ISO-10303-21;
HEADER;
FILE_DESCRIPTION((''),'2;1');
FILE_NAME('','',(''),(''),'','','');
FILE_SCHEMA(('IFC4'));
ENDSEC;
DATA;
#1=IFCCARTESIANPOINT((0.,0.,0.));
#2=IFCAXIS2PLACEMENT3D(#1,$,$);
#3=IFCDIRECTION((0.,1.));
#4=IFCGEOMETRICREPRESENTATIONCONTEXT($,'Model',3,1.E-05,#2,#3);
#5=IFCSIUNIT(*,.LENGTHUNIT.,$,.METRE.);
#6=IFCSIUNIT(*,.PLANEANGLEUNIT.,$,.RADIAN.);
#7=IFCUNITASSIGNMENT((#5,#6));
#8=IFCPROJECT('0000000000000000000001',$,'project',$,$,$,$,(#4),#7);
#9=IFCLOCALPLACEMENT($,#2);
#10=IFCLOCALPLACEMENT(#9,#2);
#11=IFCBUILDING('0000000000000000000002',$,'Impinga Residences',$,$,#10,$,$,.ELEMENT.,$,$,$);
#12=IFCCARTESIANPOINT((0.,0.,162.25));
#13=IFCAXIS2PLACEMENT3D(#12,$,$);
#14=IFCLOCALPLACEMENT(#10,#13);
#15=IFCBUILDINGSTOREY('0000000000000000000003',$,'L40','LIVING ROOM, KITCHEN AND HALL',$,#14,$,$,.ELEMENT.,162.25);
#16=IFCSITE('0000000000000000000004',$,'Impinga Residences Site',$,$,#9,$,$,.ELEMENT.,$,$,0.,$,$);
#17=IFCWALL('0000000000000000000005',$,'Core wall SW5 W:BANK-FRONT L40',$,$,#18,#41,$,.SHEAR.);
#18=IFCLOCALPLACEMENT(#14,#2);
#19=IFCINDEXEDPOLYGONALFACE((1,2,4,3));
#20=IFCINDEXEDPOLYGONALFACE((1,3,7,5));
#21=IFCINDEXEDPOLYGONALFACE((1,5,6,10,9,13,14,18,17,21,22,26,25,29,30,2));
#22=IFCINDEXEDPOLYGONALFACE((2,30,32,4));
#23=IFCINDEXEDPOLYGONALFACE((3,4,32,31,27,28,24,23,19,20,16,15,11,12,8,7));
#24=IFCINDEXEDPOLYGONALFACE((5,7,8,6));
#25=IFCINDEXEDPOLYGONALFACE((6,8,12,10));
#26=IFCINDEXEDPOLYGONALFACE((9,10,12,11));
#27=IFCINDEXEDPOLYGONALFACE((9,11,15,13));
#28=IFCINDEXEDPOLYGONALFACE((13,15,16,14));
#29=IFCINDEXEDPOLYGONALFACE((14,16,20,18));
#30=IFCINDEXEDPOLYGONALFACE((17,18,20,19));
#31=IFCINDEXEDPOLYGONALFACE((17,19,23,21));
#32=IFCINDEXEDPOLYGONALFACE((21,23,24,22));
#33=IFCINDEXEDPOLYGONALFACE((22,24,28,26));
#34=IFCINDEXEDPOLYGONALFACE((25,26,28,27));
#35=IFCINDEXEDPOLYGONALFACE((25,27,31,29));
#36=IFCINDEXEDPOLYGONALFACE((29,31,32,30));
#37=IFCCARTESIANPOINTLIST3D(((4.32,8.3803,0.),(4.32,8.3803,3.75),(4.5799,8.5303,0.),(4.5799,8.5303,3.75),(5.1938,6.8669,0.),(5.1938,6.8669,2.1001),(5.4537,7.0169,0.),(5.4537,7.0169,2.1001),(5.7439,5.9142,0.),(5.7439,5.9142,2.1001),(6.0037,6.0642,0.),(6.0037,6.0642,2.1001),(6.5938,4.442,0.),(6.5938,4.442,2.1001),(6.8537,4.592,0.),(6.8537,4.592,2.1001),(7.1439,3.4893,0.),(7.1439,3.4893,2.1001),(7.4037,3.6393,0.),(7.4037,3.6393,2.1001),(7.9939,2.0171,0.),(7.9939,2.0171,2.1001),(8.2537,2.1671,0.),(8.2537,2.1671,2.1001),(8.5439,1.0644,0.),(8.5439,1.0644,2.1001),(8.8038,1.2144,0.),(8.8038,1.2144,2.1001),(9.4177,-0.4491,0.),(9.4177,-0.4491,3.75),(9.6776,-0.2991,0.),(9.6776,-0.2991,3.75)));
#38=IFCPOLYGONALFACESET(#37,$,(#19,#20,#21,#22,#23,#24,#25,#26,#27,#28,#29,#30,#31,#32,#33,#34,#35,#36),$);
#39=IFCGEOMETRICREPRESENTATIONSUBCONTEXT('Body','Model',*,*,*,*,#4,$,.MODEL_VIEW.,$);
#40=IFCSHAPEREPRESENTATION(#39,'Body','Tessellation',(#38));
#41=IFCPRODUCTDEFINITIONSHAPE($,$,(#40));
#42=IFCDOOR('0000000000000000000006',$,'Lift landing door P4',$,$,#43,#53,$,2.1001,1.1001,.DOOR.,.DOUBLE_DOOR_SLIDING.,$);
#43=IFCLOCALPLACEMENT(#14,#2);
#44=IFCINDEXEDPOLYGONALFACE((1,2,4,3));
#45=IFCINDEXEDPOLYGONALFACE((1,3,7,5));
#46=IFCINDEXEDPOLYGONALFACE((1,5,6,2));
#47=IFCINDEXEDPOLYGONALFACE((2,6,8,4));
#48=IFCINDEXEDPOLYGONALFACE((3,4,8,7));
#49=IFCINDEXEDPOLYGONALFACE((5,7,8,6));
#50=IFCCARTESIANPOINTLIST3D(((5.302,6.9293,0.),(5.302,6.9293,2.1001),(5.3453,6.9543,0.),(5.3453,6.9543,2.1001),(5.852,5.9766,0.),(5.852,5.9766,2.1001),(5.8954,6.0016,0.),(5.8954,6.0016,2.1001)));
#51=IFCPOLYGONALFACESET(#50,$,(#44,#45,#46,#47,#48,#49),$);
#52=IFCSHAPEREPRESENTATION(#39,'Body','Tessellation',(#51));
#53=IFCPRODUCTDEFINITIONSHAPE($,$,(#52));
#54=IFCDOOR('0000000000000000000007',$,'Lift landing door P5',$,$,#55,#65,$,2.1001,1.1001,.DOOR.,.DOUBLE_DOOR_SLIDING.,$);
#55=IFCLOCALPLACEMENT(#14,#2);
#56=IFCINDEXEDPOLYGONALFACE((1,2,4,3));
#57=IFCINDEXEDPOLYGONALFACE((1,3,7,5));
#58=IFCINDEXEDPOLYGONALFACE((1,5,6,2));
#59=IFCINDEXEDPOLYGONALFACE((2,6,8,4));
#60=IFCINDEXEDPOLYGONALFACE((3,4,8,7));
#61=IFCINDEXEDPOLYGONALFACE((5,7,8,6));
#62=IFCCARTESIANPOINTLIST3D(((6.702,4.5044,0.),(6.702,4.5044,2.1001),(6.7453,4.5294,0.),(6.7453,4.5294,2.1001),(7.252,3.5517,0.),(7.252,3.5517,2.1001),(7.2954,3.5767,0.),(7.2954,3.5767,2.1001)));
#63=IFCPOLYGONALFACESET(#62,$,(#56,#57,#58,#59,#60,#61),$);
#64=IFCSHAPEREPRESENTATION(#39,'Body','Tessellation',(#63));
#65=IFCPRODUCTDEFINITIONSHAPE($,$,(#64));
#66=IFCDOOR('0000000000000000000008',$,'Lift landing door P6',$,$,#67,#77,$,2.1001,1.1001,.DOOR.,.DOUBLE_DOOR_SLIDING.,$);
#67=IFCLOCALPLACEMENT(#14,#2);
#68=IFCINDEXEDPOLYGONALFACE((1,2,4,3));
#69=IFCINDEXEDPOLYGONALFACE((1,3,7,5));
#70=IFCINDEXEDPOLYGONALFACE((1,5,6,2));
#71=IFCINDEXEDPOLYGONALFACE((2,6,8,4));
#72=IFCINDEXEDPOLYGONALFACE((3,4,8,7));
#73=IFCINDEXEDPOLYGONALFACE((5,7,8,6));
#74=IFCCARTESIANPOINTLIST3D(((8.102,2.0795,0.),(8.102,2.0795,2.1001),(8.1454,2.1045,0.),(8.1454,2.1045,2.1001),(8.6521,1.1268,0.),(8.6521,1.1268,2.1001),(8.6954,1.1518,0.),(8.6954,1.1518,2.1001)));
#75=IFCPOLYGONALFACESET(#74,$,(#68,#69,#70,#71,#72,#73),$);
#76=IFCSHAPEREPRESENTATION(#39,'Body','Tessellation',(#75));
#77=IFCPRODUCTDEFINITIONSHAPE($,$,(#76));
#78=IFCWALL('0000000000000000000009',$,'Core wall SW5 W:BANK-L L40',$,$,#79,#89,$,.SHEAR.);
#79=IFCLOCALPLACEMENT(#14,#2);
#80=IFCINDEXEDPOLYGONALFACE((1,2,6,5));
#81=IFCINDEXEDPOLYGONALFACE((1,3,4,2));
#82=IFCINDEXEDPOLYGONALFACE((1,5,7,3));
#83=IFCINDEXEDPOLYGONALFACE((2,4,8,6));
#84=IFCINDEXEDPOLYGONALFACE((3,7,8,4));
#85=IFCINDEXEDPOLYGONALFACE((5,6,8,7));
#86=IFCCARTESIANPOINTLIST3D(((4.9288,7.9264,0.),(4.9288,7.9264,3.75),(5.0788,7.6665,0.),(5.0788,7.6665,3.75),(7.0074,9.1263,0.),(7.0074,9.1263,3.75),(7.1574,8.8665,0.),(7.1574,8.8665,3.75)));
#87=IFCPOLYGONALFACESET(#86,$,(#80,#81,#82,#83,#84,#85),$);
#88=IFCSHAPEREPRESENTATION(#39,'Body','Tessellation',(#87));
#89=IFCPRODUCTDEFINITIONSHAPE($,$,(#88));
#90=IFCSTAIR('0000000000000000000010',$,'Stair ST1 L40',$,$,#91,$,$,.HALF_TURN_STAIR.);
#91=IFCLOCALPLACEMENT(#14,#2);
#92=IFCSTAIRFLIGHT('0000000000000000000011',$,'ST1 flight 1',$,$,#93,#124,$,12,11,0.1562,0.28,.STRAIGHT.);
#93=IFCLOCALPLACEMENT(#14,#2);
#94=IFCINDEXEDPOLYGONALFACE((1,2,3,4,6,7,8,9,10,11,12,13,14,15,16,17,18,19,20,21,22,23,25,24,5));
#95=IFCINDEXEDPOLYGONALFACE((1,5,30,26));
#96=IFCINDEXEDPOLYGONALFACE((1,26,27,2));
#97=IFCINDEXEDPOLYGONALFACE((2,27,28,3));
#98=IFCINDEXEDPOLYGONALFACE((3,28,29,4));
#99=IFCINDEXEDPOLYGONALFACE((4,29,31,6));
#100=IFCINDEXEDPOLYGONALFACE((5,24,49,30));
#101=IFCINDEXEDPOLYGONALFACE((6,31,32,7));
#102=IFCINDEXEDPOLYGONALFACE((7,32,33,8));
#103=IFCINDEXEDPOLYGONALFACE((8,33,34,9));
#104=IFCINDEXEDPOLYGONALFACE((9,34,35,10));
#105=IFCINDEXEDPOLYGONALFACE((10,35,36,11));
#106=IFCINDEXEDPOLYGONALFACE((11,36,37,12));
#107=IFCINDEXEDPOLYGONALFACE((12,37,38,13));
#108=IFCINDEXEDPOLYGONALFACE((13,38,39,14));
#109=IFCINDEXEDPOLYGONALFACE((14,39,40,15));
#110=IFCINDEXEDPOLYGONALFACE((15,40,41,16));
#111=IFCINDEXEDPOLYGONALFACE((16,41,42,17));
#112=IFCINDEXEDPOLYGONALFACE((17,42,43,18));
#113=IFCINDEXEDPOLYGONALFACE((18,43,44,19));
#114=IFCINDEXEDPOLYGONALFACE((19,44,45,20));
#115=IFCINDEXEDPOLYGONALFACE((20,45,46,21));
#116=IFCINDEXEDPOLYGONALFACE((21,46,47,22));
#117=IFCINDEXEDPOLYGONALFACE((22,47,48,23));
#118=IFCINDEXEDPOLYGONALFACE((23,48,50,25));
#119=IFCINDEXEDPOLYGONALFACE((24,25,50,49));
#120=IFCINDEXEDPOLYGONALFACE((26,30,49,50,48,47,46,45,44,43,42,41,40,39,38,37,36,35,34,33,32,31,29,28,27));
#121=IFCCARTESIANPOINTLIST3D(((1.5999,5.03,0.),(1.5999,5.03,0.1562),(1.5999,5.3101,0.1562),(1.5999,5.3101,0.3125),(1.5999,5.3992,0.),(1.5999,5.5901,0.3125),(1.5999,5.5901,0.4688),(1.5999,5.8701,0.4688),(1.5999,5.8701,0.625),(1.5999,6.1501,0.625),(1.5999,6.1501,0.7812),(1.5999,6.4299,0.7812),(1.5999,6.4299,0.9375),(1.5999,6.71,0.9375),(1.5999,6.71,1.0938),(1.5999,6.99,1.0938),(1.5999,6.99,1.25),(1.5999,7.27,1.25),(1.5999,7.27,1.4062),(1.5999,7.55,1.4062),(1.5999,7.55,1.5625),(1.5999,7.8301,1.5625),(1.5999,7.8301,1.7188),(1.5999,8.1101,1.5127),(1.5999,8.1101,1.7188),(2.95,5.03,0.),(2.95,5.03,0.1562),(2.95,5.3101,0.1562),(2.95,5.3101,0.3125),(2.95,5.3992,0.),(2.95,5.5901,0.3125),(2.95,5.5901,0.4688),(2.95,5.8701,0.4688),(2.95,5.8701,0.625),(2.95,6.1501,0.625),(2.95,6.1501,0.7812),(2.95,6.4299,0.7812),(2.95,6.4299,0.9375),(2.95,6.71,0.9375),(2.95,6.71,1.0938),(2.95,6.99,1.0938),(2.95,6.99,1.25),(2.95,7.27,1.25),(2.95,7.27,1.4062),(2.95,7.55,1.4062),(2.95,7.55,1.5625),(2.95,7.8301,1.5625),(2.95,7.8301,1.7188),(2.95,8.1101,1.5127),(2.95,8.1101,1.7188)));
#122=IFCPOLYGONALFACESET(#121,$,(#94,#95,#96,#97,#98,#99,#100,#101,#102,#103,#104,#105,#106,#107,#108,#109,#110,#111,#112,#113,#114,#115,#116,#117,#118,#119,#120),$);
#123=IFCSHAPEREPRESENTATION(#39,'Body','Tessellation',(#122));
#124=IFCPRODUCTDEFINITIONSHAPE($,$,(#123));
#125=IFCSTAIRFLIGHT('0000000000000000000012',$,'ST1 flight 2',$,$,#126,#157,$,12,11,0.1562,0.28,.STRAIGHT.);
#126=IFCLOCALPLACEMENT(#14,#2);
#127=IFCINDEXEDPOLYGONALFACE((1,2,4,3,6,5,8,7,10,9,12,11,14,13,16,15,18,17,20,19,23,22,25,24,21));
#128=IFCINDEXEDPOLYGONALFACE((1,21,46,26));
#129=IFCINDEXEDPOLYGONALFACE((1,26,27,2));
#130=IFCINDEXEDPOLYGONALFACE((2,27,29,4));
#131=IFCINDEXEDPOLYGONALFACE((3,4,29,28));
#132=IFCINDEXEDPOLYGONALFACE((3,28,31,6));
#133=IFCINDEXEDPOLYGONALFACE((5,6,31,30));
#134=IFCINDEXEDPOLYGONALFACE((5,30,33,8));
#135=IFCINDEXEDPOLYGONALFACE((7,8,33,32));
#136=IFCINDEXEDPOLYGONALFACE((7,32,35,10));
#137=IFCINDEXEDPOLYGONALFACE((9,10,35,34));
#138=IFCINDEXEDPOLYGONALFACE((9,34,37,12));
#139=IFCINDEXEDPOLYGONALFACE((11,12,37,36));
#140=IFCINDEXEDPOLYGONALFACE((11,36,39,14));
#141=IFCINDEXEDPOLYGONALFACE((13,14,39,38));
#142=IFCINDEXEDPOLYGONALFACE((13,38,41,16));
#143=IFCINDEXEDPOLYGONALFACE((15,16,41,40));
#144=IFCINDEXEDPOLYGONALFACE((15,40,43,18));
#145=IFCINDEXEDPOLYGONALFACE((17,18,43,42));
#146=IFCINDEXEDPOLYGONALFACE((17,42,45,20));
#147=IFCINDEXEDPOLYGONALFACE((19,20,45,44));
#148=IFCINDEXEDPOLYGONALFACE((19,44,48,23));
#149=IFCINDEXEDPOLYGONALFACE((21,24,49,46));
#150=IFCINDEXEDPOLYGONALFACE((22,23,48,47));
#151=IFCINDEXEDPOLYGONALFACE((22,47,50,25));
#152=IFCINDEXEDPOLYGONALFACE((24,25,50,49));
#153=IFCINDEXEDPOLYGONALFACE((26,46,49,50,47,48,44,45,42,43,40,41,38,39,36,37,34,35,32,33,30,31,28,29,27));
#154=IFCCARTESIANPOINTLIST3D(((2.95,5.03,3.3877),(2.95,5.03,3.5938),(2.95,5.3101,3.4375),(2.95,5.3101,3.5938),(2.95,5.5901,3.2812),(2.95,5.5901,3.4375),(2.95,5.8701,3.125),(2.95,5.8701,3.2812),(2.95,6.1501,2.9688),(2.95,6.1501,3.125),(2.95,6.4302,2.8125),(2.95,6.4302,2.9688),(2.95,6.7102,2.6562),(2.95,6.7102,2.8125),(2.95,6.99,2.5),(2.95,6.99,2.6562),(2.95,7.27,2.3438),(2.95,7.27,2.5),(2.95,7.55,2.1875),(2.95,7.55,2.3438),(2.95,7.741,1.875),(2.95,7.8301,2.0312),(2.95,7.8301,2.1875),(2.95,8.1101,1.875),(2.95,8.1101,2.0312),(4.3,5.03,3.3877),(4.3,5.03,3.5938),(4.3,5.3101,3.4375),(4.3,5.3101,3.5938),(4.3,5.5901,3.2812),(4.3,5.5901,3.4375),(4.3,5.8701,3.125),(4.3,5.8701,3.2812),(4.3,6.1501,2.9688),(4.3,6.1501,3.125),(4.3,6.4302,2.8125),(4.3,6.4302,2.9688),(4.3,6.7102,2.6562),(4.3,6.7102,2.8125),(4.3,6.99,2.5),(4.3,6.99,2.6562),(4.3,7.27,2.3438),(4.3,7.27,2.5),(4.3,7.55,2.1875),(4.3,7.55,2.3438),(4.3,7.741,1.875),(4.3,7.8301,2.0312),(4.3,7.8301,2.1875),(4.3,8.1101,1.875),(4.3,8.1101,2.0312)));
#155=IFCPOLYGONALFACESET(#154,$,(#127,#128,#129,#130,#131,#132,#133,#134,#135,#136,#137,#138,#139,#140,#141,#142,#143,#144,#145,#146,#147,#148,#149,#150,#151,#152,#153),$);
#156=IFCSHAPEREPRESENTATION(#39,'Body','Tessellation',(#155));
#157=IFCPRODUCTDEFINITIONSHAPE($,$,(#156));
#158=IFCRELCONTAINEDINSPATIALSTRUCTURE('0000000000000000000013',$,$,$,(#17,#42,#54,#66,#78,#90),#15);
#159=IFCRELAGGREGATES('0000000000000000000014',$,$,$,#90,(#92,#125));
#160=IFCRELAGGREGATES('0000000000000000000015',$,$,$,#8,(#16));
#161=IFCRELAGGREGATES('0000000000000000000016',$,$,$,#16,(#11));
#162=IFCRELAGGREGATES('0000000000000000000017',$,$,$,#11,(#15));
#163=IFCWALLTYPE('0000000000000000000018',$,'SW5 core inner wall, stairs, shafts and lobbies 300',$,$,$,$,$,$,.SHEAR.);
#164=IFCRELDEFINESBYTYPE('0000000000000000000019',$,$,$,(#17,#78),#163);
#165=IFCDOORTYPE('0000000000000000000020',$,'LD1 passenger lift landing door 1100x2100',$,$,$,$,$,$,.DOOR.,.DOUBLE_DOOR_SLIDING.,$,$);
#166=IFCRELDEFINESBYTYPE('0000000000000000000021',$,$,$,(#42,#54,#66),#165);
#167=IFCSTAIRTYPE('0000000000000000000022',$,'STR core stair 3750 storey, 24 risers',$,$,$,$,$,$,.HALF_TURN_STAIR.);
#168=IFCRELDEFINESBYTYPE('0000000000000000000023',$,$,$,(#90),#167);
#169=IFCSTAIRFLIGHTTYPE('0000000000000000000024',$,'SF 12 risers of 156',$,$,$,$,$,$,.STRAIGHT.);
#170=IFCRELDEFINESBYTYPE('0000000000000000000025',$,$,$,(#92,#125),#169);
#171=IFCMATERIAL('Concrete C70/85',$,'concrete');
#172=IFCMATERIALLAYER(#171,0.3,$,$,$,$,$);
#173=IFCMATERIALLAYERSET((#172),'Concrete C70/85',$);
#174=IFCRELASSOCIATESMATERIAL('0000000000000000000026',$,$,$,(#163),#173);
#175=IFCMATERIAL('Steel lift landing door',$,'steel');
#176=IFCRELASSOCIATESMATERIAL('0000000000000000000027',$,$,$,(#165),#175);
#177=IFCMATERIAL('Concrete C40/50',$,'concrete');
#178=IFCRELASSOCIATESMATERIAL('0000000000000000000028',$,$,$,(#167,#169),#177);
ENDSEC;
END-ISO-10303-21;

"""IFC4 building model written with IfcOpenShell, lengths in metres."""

from ifc_helpers import new_model, si_unit, direction, frame, frame_2d, origin, place, context, subcontext, project, spatial, polyline, rectangle, outline, extrude, material, layer, layer_set, type_object, element, fill, aggregate, save


model = new_model("IFC4")

# Units and contexts
model_context = context("Model", 3, precision=1e-05, world=origin(), true_north=direction((0.0, 1.0)))
body_context = subcontext(model_context, "Body", "Model", "MODEL_VIEW")
ifc_project = project(units=[si_unit("LENGTHUNIT", "METRE"), si_unit("PLANEANGLEUNIT", "RADIAN")], contexts=[model_context])

# Site, building, storey
site_placement = place(None, origin())
site = spatial("IfcSite", under=ifc_project, at=site_placement, Name="Impinga Residences Site", CompositionType="ELEMENT", RefElevation=0.0)
building_placement = place(site_placement, origin())
building = spatial("IfcBuilding", under=site, at=building_placement, Name="Impinga Residences", CompositionType="ELEMENT")
storey_placement = place(building_placement, frame((0.0, 0.0, 162.25)))
storey = spatial("IfcBuildingStorey", under=building, at=storey_placement, Name="L40", Description="LIVING ROOM, KITCHEN AND HALL", CompositionType="ELEMENT", Elevation=162.25)

# Shared definitions
ifc_material_1 = material(Name="Concrete C70/85", Category="concrete")
ifc_layer_1 = layer(ifc_material_1, 0.3)
ifc_layer_set_1 = layer_set([ifc_layer_1], Name="Concrete C70/85")
wall_type_1 = type_object("IfcWallType", Name="SW5 core inner wall, stairs, shafts and lobbies 300", PredefinedType="SHEAR", material=ifc_layer_set_1)

# Wall, openings, doors
wall_1_placement = place(storey_placement, frame((4.45, 8.4553, 0.0), z_axis=(0.0, 0.0, 1.0), x_axis=(0.500002, -0.866024, 0.0)))
wall_1 = element("IfcWall", 1, at=wall_1_placement, inside=storey, type_object=wall_type_1, Name="Core wall SW5 W:BANK-FRONT L40", PredefinedType="SHEAR", context=body_context, shape_type="SweptSolid", body=[
    extrude(rectangle(XDim=10.1953, YDim=0.3, at=frame_2d((5.0977, 0.0))), origin(), (0.0, 0.0, 1.0), 3.75),
])
opening_1_placement = place(wall_1_placement, frame((1.7476, 0.0, 0.0)))
opening_1 = element("IfcOpeningElement", 2, at=opening_1_placement, cuts=wall_1, PredefinedType="OPENING", context=body_context, shape_type="SweptSolid", body=[
    extrude(rectangle(XDim=1.1001, YDim=2.1001, at=frame_2d((0.55, 1.05))), frame((0.0, 0.1599, 0.0), z_axis=(0.0, -1.0, 0.0), x_axis=(1.0, 0.0, 0.0)), (0.0, 0.0, 1.0), 0.3201),
])
opening_2_placement = place(wall_1_placement, frame((4.5476, 0.0, 0.0)))
opening_2 = element("IfcOpeningElement", 3, at=opening_2_placement, cuts=wall_1, PredefinedType="OPENING", context=body_context, shape_type="SweptSolid", body=[
    extrude(rectangle(XDim=1.1001, YDim=2.1001, at=frame_2d((0.55, 1.05))), frame((0.0, 0.1599, 0.0), z_axis=(0.0, -1.0, 0.0), x_axis=(1.0, 0.0, 0.0)), (0.0, 0.0, 1.0), 0.3201),
])
opening_3_placement = place(wall_1_placement, frame((7.3477, 0.0, 0.0)))
opening_3 = element("IfcOpeningElement", 4, at=opening_3_placement, cuts=wall_1, PredefinedType="OPENING", context=body_context, shape_type="SweptSolid", body=[
    extrude(rectangle(XDim=1.1001, YDim=2.1001, at=frame_2d((0.55, 1.05))), frame((0.0, 0.1599, 0.0), z_axis=(0.0, -1.0, 0.0), x_axis=(1.0, 0.0, 0.0)), (0.0, 0.0, 1.0), 0.3201),
])
ifc_material_2 = material(Name="Steel lift landing door", Category="steel")
door_type_1 = type_object("IfcDoorType", Name="LD1 passenger lift landing door 1100x2100", OperationType="DOUBLE_DOOR_SLIDING", PredefinedType="DOOR", material=ifc_material_2)
door_1_placement = place(opening_1_placement, origin())
door_1 = element("IfcDoor", 5, at=door_1_placement, inside=storey, type_object=door_type_1, Name="Lift landing door P4", OperationType="DOUBLE_DOOR_SLIDING", OverallHeight=2.1001, OverallWidth=1.1001, PredefinedType="DOOR", context=body_context, shape_type="SweptSolid", body=[
    extrude(rectangle(XDim=1.1001, YDim=2.1001, at=frame_2d((0.55, 1.05))), frame((0.0, 0.0249, 0.0), z_axis=(0.0, -1.0, 0.0), x_axis=(1.0, 0.0, 0.0)), (0.0, 0.0, 1.0), 0.05),
])
fill(opening_1, door_1)
door_2_placement = place(opening_2_placement, origin())
door_2 = element("IfcDoor", 6, at=door_2_placement, inside=storey, type_object=door_type_1, Name="Lift landing door P5", OperationType="DOUBLE_DOOR_SLIDING", OverallHeight=2.1001, OverallWidth=1.1001, PredefinedType="DOOR", context=body_context, shape_type="SweptSolid", body=[
    extrude(rectangle(XDim=1.1001, YDim=2.1001, at=frame_2d((0.55, 1.05))), frame((0.0, 0.0249, 0.0), z_axis=(0.0, -1.0, 0.0), x_axis=(1.0, 0.0, 0.0)), (0.0, 0.0, 1.0), 0.05),
])
fill(opening_2, door_2)
door_3_placement = place(opening_3_placement, origin())
door_3 = element("IfcDoor", 7, at=door_3_placement, inside=storey, type_object=door_type_1, Name="Lift landing door P6", OperationType="DOUBLE_DOOR_SLIDING", OverallHeight=2.1001, OverallWidth=1.1001, PredefinedType="DOOR", context=body_context, shape_type="SweptSolid", body=[
    extrude(rectangle(XDim=1.1001, YDim=2.1001, at=frame_2d((0.55, 1.05))), frame((0.0, 0.0249, 0.0), z_axis=(0.0, -1.0, 0.0), x_axis=(1.0, 0.0, 0.0)), (0.0, 0.0, 1.0), 0.05),
])
fill(opening_3, door_3)

# Wall
wall_2_placement = place(storey_placement, frame((5.0037, 7.7964, 0.0), z_axis=(0.0, 0.0, 1.0), x_axis=(0.86605, 0.499957, 0.0)))
element("IfcWall", 8, at=wall_2_placement, inside=storey, type_object=wall_type_1, Name="Core wall SW5 W:BANK-L L40", PredefinedType="SHEAR", context=body_context, shape_type="SweptSolid", body=[
    extrude(rectangle(XDim=2.4001, YDim=0.3, at=frame_2d((1.2002, 0.0))), origin(), (0.0, 0.0, 1.0), 3.75),
])

# Stair, stair flights
ifc_material_3 = material(Name="Concrete C40/50", Category="concrete")
stair_type = type_object("IfcStairType", Name="STR core stair 3750 storey, 24 risers", PredefinedType="HALF_TURN_STAIR", material=ifc_material_3)
stair_placement = place(storey_placement, origin())
stair = element("IfcStair", 9, at=stair_placement, inside=storey, type_object=stair_type, Name="Stair ST1 L40", PredefinedType="HALF_TURN_STAIR")
stair_flight_type = type_object("IfcStairFlightType", Name="SF 12 risers of 156", PredefinedType="STRAIGHT", material=ifc_material_3)
stair_flight_1_placement = place(storey_placement, frame((2.2749, 5.03, 0.0), z_axis=(0.0, 0.0, 1.0), x_axis=(0.0, 1.0, 0.0)))
stair_flight_1 = element("IfcStairFlight", 10, at=stair_flight_1_placement, type_object=stair_flight_type, Name="ST1 flight 1", NumberOfRisers=12, NumberOfTreads=11, PredefinedType="STRAIGHT", RiserHeight=0.1562, TreadLength=0.28, context=body_context, shape_type="SweptSolid", body=[
    extrude(outline(polyline([(0.0, 0.0), (0.0, 0.1562), (0.28, 0.1562), (0.28, 0.3125), (0.5601, 0.3125), (0.5601, 0.4688), (0.8401, 0.4688), (0.8401, 0.625), (1.1201, 0.625), (1.1201, 0.7812), (1.3999, 0.7812), (1.3999, 0.9375), (1.6799, 0.9375), (1.6799, 1.0938), (1.96, 1.0938), (1.96, 1.25), (2.24, 1.25), (2.24, 1.4062), (2.52, 1.4062), (2.52, 1.5625), (2.8, 1.5625), (2.8, 1.7188), (3.0801, 1.7188), (3.0801, 1.875), (3.0801, 1.5127), (0.3691, 0.0), (0.0, 0.0)])), frame((0.0, 0.675, 0.0), z_axis=(0.0, -1.0, 0.0), x_axis=(1.0, 0.0, 0.0)), (0.0, 0.0, 1.0), 1.3501),
])
stair_flight_2_placement = place(storey_placement, frame((3.625, 8.1101, 1.875), z_axis=(0.0, 0.0, 1.0), x_axis=(0.0, -1.0, 0.0)))
stair_flight_2 = element("IfcStairFlight", 11, at=stair_flight_2_placement, type_object=stair_flight_type, Name="ST1 flight 2", NumberOfRisers=12, NumberOfTreads=11, PredefinedType="STRAIGHT", RiserHeight=0.1562, TreadLength=0.28, context=body_context, shape_type="SweptSolid", body=[
    extrude(outline(polyline([(0.0, 0.0), (0.0, 0.1562), (0.28, 0.1562), (0.28, 0.3125), (0.5601, 0.3125), (0.5601, 0.4688), (0.8401, 0.4688), (0.8401, 0.625), (1.1201, 0.625), (1.1201, 0.7812), (1.3999, 0.7812), (1.3999, 0.9375), (1.6799, 0.9375), (1.6799, 1.0938), (1.96, 1.0938), (1.96, 1.25), (2.24, 1.25), (2.24, 1.4062), (2.52, 1.4062), (2.52, 1.5625), (2.8, 1.5625), (2.8, 1.7188), (3.0801, 1.7188), (3.0801, 1.875), (3.0801, 1.5127), (0.3691, 0.0), (0.0, 0.0)])), frame((0.0, 0.675, 0.0), z_axis=(0.0, -1.0, 0.0), x_axis=(1.0, 0.0, 0.0)), (0.0, 0.0, 1.0), 1.3501),
])
aggregate(stair, [stair_flight_1, stair_flight_2])

save(model, "model.ifc")
